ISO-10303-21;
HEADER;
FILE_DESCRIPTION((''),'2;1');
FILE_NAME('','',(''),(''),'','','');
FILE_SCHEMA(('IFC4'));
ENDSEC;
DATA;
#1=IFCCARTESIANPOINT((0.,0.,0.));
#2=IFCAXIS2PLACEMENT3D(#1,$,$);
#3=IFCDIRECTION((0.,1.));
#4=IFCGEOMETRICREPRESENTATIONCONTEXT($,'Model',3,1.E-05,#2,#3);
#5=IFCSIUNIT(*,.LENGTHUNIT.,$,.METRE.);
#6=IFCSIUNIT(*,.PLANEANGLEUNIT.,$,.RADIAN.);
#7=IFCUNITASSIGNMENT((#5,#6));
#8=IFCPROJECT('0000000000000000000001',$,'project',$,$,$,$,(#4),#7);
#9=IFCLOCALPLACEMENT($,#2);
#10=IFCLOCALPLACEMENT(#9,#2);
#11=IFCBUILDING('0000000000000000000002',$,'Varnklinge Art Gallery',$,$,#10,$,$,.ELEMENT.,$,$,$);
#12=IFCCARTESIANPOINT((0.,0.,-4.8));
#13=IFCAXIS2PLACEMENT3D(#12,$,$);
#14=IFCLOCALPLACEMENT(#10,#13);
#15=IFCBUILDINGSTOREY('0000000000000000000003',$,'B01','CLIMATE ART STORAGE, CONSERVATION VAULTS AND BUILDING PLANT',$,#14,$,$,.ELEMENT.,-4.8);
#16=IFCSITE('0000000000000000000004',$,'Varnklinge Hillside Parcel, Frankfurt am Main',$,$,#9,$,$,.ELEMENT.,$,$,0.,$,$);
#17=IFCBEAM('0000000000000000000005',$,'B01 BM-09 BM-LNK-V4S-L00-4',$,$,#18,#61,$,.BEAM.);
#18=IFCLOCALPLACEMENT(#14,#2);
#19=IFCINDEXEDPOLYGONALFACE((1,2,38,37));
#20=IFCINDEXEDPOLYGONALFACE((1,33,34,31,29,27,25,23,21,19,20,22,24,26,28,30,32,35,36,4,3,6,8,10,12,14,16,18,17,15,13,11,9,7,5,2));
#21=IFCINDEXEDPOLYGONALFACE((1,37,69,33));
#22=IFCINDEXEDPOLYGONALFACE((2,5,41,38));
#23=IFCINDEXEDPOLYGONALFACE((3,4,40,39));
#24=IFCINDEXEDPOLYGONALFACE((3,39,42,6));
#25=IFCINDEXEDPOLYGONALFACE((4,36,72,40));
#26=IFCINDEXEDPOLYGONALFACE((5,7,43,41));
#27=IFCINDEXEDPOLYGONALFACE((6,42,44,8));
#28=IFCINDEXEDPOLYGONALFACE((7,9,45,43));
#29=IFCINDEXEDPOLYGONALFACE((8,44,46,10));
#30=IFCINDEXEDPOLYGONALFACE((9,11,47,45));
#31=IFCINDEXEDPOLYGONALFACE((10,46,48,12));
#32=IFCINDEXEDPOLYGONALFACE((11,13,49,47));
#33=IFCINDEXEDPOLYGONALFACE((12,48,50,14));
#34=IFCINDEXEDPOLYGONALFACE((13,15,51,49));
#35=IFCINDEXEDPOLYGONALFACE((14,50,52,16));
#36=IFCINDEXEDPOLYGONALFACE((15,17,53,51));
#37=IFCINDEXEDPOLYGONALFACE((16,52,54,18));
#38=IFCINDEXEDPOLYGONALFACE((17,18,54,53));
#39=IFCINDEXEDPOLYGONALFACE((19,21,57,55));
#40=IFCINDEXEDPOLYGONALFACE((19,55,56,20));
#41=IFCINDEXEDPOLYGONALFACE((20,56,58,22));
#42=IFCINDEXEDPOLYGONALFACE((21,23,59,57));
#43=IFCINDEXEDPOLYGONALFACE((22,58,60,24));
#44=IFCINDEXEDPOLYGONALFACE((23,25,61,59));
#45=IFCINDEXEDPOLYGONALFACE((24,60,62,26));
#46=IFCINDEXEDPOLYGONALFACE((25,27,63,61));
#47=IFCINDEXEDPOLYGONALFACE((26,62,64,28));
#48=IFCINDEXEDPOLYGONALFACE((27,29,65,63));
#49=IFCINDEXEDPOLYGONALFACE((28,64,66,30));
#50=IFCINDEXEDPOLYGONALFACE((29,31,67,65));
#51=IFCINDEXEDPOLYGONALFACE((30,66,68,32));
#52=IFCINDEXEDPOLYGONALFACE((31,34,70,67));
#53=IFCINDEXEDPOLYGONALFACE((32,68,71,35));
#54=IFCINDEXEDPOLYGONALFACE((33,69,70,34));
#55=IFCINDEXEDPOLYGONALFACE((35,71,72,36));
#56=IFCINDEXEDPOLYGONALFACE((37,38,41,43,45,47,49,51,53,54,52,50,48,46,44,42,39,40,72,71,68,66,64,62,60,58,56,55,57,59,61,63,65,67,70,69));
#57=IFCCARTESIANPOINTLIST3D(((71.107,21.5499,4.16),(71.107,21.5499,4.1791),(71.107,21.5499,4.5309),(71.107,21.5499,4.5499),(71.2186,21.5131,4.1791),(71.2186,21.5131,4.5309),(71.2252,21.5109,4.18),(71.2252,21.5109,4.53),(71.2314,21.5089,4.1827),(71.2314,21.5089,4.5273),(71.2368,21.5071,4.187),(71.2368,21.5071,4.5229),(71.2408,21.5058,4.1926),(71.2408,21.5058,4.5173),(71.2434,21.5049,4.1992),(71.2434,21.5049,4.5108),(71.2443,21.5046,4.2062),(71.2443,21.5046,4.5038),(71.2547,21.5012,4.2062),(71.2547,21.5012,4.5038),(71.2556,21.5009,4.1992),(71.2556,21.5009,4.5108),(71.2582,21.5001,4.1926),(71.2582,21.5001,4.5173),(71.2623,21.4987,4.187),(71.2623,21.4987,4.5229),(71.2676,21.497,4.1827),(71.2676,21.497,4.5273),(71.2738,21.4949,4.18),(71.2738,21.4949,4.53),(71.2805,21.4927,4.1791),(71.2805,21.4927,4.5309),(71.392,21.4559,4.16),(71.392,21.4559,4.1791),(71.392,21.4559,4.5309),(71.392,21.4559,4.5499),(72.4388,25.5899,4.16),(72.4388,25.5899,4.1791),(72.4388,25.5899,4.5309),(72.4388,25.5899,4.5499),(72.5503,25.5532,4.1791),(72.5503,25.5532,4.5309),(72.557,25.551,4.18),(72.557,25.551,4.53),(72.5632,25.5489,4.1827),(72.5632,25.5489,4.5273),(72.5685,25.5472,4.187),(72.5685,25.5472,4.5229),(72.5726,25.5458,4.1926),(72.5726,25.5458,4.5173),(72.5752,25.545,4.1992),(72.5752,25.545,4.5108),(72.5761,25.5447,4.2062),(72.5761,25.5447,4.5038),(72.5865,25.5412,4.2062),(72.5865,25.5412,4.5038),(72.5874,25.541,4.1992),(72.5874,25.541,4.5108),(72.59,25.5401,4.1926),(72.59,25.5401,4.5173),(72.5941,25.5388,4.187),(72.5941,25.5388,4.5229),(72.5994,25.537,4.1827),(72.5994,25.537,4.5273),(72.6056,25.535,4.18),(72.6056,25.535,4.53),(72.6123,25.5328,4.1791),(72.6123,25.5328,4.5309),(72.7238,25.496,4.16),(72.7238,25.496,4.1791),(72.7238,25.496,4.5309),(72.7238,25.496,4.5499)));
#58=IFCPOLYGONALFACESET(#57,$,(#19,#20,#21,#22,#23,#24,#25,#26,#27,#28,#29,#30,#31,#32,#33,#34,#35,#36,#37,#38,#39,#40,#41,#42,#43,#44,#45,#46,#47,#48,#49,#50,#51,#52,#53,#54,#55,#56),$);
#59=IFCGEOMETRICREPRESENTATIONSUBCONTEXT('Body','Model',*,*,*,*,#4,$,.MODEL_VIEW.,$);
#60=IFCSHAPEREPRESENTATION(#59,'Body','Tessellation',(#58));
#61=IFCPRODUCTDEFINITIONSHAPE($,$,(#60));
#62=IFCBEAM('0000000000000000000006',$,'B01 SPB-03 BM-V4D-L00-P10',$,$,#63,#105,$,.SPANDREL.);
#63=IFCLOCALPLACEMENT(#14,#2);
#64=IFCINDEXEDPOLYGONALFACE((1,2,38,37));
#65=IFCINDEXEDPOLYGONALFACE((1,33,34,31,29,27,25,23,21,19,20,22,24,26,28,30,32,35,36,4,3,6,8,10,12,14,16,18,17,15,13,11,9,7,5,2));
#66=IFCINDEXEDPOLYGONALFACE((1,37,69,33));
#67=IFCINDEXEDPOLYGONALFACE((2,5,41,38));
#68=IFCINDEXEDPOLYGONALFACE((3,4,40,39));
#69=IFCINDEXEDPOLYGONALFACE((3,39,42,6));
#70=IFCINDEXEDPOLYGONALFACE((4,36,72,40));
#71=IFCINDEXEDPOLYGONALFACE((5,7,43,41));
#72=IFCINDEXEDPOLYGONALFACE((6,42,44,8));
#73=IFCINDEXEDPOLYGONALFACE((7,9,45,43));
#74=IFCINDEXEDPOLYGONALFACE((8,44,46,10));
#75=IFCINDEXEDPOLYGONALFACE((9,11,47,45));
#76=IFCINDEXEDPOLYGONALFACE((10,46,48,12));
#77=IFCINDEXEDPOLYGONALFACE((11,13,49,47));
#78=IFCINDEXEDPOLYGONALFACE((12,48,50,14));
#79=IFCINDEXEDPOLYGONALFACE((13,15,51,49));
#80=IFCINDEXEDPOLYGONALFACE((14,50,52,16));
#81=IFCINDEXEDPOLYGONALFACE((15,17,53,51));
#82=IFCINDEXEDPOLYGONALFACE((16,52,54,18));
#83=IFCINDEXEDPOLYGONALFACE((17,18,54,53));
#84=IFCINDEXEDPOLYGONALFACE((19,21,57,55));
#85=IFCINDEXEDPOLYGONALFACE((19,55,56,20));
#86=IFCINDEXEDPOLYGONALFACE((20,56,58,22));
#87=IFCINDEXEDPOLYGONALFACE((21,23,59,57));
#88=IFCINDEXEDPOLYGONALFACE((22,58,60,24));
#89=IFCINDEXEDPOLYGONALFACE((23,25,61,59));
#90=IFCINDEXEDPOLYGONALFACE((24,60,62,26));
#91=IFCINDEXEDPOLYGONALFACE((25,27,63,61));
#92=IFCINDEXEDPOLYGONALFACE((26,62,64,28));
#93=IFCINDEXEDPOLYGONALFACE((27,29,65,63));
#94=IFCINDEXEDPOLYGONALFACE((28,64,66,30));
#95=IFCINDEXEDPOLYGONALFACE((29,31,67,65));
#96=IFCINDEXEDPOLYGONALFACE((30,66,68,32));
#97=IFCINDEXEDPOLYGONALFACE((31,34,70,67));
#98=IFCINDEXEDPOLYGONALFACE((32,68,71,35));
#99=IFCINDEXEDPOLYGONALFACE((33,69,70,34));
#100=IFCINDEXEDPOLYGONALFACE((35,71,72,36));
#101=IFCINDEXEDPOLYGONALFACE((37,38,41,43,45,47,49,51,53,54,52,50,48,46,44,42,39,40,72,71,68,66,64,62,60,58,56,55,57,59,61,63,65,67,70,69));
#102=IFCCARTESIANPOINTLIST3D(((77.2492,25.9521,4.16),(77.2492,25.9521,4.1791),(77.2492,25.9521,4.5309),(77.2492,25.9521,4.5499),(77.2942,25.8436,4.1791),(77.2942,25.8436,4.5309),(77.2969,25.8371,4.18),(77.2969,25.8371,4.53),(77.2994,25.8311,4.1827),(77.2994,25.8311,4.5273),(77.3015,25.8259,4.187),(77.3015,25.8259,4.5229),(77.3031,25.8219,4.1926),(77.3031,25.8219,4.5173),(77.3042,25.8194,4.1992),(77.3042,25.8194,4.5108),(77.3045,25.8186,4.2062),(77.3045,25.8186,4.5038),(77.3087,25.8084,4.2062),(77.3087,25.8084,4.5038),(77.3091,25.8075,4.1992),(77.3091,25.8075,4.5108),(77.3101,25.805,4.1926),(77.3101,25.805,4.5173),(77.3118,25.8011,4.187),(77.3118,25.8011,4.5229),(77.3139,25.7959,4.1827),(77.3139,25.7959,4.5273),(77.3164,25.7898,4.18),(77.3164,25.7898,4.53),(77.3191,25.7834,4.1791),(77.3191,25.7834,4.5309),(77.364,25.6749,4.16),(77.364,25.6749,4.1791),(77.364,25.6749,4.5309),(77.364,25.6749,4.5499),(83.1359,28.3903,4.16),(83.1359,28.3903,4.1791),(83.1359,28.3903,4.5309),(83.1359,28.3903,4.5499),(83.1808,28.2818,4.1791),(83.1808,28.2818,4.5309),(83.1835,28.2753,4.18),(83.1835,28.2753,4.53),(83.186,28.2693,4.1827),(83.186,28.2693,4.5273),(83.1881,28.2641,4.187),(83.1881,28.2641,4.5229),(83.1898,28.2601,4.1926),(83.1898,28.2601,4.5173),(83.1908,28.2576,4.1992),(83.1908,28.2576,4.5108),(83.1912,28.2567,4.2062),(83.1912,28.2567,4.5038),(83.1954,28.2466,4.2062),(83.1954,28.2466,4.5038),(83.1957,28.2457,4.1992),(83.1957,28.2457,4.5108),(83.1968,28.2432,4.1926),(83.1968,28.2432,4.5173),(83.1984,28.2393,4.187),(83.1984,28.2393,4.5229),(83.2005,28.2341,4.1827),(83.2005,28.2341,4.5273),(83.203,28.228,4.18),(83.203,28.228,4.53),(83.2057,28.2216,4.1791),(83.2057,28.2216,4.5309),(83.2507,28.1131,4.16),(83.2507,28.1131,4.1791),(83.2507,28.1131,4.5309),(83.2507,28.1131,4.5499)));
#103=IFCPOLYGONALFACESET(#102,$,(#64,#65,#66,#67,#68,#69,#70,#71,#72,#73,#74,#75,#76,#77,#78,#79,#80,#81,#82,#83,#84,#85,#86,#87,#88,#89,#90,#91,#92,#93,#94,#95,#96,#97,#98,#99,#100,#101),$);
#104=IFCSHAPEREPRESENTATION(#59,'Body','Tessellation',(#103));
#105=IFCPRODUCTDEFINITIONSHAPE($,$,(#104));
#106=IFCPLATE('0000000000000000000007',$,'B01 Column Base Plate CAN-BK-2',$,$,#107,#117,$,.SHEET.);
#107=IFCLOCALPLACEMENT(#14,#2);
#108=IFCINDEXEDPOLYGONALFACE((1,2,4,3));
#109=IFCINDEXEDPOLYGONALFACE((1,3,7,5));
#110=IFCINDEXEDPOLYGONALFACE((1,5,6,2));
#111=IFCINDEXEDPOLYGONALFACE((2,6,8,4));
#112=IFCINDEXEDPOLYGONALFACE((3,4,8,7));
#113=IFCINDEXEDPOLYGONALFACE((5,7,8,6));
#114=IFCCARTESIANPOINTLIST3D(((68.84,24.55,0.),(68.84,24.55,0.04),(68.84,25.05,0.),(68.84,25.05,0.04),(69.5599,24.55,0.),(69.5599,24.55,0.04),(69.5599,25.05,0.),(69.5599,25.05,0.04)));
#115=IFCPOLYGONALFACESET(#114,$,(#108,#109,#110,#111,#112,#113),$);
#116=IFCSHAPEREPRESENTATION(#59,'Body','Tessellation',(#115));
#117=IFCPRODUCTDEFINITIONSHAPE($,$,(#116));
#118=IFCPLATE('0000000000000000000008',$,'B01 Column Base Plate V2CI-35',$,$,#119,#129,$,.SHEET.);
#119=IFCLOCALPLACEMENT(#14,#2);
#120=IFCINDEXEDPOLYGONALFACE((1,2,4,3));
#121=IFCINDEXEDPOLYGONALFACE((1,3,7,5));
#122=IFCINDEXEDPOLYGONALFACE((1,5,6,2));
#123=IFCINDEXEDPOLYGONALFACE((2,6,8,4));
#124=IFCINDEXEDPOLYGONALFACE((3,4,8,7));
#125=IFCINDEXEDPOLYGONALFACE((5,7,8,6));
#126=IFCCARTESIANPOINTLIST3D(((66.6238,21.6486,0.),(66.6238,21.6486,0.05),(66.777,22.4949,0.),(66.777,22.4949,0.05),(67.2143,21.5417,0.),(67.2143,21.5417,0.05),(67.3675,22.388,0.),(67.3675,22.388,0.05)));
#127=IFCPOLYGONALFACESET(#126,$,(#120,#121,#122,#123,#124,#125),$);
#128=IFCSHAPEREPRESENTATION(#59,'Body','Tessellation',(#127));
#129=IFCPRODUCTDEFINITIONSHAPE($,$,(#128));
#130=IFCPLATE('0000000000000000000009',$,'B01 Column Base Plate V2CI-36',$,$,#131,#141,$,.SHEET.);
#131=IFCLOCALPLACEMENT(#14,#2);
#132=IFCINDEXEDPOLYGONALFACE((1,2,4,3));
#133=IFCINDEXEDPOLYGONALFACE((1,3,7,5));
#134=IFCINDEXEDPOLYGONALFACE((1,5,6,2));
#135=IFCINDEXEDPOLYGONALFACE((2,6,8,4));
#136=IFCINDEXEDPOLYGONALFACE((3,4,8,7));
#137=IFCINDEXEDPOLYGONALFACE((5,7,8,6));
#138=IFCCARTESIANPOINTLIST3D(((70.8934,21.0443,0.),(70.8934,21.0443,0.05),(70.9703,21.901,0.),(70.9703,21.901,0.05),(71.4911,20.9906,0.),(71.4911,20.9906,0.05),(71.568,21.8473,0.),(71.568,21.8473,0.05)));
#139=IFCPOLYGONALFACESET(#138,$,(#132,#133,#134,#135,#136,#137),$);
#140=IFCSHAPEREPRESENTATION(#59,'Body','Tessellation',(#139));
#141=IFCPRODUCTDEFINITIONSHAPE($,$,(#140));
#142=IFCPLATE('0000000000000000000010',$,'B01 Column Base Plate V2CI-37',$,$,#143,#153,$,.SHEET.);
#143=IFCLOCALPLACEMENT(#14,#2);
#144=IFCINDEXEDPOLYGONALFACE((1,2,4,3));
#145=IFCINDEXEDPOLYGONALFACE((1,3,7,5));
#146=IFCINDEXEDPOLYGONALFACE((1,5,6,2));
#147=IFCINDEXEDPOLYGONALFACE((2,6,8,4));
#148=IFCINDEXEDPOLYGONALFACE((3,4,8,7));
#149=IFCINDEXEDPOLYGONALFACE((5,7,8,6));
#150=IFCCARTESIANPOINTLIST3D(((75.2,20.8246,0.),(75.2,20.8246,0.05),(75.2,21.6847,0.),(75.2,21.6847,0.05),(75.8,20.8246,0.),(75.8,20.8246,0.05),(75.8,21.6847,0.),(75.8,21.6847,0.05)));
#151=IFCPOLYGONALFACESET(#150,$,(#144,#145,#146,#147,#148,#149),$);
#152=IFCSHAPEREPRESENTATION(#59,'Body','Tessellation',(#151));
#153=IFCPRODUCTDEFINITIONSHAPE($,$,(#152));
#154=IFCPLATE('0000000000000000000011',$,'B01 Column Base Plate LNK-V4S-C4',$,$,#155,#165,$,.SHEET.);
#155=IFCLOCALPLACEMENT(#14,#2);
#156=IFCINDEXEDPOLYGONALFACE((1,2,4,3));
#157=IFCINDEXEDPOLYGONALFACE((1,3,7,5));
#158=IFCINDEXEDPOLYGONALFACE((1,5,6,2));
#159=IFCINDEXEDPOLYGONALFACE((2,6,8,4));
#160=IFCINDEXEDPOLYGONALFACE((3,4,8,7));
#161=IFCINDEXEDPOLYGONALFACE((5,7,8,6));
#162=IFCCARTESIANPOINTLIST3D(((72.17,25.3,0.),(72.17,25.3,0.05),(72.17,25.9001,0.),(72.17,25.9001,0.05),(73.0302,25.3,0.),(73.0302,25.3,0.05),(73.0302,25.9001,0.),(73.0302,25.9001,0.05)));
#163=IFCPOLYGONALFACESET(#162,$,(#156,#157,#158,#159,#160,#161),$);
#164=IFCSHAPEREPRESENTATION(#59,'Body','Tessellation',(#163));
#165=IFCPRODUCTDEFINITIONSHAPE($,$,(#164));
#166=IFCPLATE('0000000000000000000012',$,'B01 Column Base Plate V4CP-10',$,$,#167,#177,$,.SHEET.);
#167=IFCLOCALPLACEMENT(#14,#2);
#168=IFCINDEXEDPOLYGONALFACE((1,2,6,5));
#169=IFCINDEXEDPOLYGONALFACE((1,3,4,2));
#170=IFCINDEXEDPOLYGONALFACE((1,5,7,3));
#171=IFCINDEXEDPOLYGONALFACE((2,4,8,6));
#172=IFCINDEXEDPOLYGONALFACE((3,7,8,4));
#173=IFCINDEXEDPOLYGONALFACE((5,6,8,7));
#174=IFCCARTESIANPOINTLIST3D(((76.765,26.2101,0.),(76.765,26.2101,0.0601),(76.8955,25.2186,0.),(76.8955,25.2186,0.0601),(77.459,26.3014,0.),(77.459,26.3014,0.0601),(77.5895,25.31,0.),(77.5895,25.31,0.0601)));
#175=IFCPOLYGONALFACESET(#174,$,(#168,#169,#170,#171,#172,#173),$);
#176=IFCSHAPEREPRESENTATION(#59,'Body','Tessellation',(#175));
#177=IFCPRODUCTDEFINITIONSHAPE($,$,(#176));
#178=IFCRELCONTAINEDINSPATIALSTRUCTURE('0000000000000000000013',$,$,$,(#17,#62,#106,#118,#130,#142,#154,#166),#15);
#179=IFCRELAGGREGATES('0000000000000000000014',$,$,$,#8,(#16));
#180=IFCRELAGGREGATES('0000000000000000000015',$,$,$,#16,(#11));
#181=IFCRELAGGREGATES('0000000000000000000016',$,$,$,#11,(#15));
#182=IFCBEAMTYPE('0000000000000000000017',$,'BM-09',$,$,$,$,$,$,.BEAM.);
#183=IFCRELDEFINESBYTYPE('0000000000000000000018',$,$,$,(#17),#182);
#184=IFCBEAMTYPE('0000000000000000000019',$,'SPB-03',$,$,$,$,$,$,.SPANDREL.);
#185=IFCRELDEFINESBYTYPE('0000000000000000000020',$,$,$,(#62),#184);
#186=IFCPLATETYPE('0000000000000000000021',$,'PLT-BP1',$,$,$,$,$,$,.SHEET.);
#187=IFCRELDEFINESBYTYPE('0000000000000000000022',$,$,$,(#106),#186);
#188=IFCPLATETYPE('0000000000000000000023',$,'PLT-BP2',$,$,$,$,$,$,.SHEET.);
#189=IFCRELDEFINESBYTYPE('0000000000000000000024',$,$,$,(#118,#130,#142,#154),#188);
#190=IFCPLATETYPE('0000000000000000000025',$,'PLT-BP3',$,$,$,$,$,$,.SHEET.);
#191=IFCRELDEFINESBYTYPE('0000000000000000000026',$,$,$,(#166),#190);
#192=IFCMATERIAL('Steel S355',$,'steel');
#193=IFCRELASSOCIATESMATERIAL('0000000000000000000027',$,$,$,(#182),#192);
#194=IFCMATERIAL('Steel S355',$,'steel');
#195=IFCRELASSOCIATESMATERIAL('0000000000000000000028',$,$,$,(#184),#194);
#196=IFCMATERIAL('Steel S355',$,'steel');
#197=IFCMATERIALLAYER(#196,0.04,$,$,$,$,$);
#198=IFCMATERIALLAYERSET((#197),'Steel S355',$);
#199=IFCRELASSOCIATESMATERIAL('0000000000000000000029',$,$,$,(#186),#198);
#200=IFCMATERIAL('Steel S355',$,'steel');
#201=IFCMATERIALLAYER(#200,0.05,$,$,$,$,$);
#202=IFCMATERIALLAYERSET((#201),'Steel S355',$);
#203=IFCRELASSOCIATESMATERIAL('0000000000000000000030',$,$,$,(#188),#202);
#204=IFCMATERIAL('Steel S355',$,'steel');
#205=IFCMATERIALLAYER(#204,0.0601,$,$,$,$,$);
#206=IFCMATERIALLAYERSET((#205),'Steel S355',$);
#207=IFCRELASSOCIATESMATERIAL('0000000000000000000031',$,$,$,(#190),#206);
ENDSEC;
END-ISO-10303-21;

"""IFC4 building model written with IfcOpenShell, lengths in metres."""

from ifc_helpers import new_model, si_unit, direction, frame, origin, origin_2d, place, context, subcontext, project, spatial, rectangle, i_section, extrude, material, layer, layer_set, material_profile, profile_set, type_object, element, save


model = new_model("IFC4")

# Units and contexts
model_context = context("Model", 3, precision=1e-05, world=origin(), true_north=direction((0.0, 1.0)))
body_context = subcontext(model_context, "Body", "Model", "MODEL_VIEW")
ifc_project = project(units=[si_unit("LENGTHUNIT", "METRE"), si_unit("PLANEANGLEUNIT", "RADIAN")], contexts=[model_context])

# Site, building, storey
site_placement = place(None, origin())
site = spatial("IfcSite", under=ifc_project, at=site_placement, Name="Varnklinge Hillside Parcel, Frankfurt am Main", CompositionType="ELEMENT", RefElevation=0.0)
building_placement = place(site_placement, origin())
building = spatial("IfcBuilding", under=site, at=building_placement, Name="Varnklinge Art Gallery", CompositionType="ELEMENT")
storey_placement = place(building_placement, frame((0.0, 0.0, -4.8)))
storey = spatial("IfcBuildingStorey", under=building, at=storey_placement, Name="B01", Description="CLIMATE ART STORAGE, CONSERVATION VAULTS AND BUILDING PLANT", CompositionType="ELEMENT", Elevation=-4.8)

# Beams
ifc_material_1 = material(Name="Steel S355", Category="steel")
ifc_material_profile_1 = material_profile(ifc_material_1, i_section(OverallWidth=0.3, OverallDepth=0.3899, WebThickness=0.011, FlangeThickness=0.019, FilletRadius=0.0271, at=origin_2d()), Name="HEA 400")
ifc_profile_set_1 = profile_set([ifc_material_profile_1], Name="Steel S355")
beam_type_1 = type_object("IfcBeamType", Name="BM-09", PredefinedType="BEAM", material=ifc_profile_set_1)
beam_1_placement = place(storey_placement, frame((72.5813, 25.543, 4.355), z_axis=(-0.313075, -0.949728, 0.0), x_axis=(0.949728, -0.313075, 0.0)))
element("IfcBeam", 1, at=beam_1_placement, inside=storey, type_object=beam_type_1, Name="B01 BM-09 BM-LNK-V4S-L00-4", PredefinedType="BEAM", context=body_context, shape_type="SweptSolid", body=[
    extrude(i_section(OverallWidth=0.3, OverallDepth=0.3899, WebThickness=0.011, FlangeThickness=0.019, FilletRadius=0.0271, at=origin_2d()), origin(), (0.0, 0.0, 1.0), 4.2539),
])
ifc_material_2 = material(Name="Steel S355", Category="steel")
ifc_material_profile_2 = material_profile(ifc_material_2, i_section(OverallWidth=0.3, OverallDepth=0.3899, WebThickness=0.011, FlangeThickness=0.019, FilletRadius=0.0271, at=origin_2d()), Name="HEA 400")
ifc_profile_set_2 = profile_set([ifc_material_profile_2], Name="Steel S355")
beam_type_2 = type_object("IfcBeamType", Name="SPB-03", PredefinedType="SPANDREL", material=ifc_profile_set_2)
beam_2_placement = place(storey_placement, frame((77.3066, 25.8135, 4.355), z_axis=(0.923887, 0.382667, 0.0), x_axis=(-0.382667, 0.923887, 0.0)))
element("IfcBeam", 2, at=beam_2_placement, inside=storey, type_object=beam_type_2, Name="B01 SPB-03 BM-V4D-L00-P10", PredefinedType="SPANDREL", context=body_context, shape_type="SweptSolid", body=[
    extrude(i_section(OverallWidth=0.3, OverallDepth=0.3899, WebThickness=0.011, FlangeThickness=0.019, FilletRadius=0.0271, at=origin_2d()), origin(), (0.0, 0.0, 1.0), 6.3716),
])

# Plates
ifc_material_3 = material(Name="Steel S355", Category="steel")
ifc_layer_1 = layer(ifc_material_3, 0.04)
ifc_layer_set_1 = layer_set([ifc_layer_1], Name="Steel S355")
plate_type_1 = type_object("IfcPlateType", Name="PLT-BP1", PredefinedType="SHEET", material=ifc_layer_set_1)
plate_1_placement = place(storey_placement, frame((69.2, 24.8, 0.0), z_axis=(0.0, 0.0, 1.0), x_axis=(1.0, 0.0, 0.0)))
element("IfcPlate", 3, at=plate_1_placement, inside=storey, type_object=plate_type_1, Name="B01 Column Base Plate CAN-BK-2", PredefinedType="SHEET", context=body_context, shape_type="SweptSolid", body=[
    extrude(rectangle(XDim=0.72, YDim=0.5, at=origin_2d()), origin(), (0.0, 0.0, 1.0), 0.04),
])
ifc_material_4 = material(Name="Steel S355", Category="steel")
ifc_layer_2 = layer(ifc_material_4, 0.05)
ifc_layer_set_2 = layer_set([ifc_layer_2], Name="Steel S355")
plate_type_2 = type_object("IfcPlateType", Name="PLT-BP2", PredefinedType="SHEET", material=ifc_layer_set_2)
for number, where, z_axis, x_axis, name in (
    (4, (66.9956, 22.0183, 0.0), (0.0, 0.0, 1.0), (0.178115, 0.98401, 0.0), "B01 Column Base Plate V2CI-35"),
    (5, (71.2307, 21.4458, 0.0), (0.0, 0.0, 1.0), (0.089416, 0.995994, 0.0), "B01 Column Base Plate V2CI-36"),
    (6, (75.5, 21.2546, 0.0), (0.0, 0.0, 1.0), (0.0, 1.0, 0.0), "B01 Column Base Plate V2CI-37"),
    (7, (72.6001, 25.6001, 0.0), (0.0, 0.0, 1.0), (1.0, 0.0, 0.0), "B01 Column Base Plate LNK-V4S-C4"),
):
    element("IfcPlate", number, at=place(storey_placement, frame(where, z_axis=z_axis, x_axis=x_axis)), inside=storey, type_object=plate_type_2, Name=name, PredefinedType="SHEET", context=body_context, shape_type="SweptSolid", body=[
        extrude(rectangle(XDim=0.8601, YDim=0.6001, at=origin_2d()), origin(), (0.0, 0.0, 1.0), 0.05),
    ])
ifc_material_5 = material(Name="Steel S355", Category="steel")
ifc_layer_3 = layer(ifc_material_5, 0.0601)
ifc_layer_set_3 = layer_set([ifc_layer_3], Name="Steel S355")
plate_type_3 = type_object("IfcPlateType", Name="PLT-BP3", PredefinedType="SHEET", material=ifc_layer_set_3)
plate_2_placement = place(storey_placement, frame((77.1772, 25.76, 0.0), z_axis=(0.0, 0.0, 1.0), x_axis=(0.130526, -0.991445, 0.0)))
element("IfcPlate", 8, at=plate_2_placement, inside=storey, type_object=plate_type_3, Name="B01 Column Base Plate V4CP-10", PredefinedType="SHEET", context=body_context, shape_type="SweptSolid", body=[
    extrude(rectangle(XDim=1.0, YDim=0.7, at=origin_2d()), origin(), (0.0, 0.0, 1.0), 0.0601),
])

save(model, "model.ifc")
